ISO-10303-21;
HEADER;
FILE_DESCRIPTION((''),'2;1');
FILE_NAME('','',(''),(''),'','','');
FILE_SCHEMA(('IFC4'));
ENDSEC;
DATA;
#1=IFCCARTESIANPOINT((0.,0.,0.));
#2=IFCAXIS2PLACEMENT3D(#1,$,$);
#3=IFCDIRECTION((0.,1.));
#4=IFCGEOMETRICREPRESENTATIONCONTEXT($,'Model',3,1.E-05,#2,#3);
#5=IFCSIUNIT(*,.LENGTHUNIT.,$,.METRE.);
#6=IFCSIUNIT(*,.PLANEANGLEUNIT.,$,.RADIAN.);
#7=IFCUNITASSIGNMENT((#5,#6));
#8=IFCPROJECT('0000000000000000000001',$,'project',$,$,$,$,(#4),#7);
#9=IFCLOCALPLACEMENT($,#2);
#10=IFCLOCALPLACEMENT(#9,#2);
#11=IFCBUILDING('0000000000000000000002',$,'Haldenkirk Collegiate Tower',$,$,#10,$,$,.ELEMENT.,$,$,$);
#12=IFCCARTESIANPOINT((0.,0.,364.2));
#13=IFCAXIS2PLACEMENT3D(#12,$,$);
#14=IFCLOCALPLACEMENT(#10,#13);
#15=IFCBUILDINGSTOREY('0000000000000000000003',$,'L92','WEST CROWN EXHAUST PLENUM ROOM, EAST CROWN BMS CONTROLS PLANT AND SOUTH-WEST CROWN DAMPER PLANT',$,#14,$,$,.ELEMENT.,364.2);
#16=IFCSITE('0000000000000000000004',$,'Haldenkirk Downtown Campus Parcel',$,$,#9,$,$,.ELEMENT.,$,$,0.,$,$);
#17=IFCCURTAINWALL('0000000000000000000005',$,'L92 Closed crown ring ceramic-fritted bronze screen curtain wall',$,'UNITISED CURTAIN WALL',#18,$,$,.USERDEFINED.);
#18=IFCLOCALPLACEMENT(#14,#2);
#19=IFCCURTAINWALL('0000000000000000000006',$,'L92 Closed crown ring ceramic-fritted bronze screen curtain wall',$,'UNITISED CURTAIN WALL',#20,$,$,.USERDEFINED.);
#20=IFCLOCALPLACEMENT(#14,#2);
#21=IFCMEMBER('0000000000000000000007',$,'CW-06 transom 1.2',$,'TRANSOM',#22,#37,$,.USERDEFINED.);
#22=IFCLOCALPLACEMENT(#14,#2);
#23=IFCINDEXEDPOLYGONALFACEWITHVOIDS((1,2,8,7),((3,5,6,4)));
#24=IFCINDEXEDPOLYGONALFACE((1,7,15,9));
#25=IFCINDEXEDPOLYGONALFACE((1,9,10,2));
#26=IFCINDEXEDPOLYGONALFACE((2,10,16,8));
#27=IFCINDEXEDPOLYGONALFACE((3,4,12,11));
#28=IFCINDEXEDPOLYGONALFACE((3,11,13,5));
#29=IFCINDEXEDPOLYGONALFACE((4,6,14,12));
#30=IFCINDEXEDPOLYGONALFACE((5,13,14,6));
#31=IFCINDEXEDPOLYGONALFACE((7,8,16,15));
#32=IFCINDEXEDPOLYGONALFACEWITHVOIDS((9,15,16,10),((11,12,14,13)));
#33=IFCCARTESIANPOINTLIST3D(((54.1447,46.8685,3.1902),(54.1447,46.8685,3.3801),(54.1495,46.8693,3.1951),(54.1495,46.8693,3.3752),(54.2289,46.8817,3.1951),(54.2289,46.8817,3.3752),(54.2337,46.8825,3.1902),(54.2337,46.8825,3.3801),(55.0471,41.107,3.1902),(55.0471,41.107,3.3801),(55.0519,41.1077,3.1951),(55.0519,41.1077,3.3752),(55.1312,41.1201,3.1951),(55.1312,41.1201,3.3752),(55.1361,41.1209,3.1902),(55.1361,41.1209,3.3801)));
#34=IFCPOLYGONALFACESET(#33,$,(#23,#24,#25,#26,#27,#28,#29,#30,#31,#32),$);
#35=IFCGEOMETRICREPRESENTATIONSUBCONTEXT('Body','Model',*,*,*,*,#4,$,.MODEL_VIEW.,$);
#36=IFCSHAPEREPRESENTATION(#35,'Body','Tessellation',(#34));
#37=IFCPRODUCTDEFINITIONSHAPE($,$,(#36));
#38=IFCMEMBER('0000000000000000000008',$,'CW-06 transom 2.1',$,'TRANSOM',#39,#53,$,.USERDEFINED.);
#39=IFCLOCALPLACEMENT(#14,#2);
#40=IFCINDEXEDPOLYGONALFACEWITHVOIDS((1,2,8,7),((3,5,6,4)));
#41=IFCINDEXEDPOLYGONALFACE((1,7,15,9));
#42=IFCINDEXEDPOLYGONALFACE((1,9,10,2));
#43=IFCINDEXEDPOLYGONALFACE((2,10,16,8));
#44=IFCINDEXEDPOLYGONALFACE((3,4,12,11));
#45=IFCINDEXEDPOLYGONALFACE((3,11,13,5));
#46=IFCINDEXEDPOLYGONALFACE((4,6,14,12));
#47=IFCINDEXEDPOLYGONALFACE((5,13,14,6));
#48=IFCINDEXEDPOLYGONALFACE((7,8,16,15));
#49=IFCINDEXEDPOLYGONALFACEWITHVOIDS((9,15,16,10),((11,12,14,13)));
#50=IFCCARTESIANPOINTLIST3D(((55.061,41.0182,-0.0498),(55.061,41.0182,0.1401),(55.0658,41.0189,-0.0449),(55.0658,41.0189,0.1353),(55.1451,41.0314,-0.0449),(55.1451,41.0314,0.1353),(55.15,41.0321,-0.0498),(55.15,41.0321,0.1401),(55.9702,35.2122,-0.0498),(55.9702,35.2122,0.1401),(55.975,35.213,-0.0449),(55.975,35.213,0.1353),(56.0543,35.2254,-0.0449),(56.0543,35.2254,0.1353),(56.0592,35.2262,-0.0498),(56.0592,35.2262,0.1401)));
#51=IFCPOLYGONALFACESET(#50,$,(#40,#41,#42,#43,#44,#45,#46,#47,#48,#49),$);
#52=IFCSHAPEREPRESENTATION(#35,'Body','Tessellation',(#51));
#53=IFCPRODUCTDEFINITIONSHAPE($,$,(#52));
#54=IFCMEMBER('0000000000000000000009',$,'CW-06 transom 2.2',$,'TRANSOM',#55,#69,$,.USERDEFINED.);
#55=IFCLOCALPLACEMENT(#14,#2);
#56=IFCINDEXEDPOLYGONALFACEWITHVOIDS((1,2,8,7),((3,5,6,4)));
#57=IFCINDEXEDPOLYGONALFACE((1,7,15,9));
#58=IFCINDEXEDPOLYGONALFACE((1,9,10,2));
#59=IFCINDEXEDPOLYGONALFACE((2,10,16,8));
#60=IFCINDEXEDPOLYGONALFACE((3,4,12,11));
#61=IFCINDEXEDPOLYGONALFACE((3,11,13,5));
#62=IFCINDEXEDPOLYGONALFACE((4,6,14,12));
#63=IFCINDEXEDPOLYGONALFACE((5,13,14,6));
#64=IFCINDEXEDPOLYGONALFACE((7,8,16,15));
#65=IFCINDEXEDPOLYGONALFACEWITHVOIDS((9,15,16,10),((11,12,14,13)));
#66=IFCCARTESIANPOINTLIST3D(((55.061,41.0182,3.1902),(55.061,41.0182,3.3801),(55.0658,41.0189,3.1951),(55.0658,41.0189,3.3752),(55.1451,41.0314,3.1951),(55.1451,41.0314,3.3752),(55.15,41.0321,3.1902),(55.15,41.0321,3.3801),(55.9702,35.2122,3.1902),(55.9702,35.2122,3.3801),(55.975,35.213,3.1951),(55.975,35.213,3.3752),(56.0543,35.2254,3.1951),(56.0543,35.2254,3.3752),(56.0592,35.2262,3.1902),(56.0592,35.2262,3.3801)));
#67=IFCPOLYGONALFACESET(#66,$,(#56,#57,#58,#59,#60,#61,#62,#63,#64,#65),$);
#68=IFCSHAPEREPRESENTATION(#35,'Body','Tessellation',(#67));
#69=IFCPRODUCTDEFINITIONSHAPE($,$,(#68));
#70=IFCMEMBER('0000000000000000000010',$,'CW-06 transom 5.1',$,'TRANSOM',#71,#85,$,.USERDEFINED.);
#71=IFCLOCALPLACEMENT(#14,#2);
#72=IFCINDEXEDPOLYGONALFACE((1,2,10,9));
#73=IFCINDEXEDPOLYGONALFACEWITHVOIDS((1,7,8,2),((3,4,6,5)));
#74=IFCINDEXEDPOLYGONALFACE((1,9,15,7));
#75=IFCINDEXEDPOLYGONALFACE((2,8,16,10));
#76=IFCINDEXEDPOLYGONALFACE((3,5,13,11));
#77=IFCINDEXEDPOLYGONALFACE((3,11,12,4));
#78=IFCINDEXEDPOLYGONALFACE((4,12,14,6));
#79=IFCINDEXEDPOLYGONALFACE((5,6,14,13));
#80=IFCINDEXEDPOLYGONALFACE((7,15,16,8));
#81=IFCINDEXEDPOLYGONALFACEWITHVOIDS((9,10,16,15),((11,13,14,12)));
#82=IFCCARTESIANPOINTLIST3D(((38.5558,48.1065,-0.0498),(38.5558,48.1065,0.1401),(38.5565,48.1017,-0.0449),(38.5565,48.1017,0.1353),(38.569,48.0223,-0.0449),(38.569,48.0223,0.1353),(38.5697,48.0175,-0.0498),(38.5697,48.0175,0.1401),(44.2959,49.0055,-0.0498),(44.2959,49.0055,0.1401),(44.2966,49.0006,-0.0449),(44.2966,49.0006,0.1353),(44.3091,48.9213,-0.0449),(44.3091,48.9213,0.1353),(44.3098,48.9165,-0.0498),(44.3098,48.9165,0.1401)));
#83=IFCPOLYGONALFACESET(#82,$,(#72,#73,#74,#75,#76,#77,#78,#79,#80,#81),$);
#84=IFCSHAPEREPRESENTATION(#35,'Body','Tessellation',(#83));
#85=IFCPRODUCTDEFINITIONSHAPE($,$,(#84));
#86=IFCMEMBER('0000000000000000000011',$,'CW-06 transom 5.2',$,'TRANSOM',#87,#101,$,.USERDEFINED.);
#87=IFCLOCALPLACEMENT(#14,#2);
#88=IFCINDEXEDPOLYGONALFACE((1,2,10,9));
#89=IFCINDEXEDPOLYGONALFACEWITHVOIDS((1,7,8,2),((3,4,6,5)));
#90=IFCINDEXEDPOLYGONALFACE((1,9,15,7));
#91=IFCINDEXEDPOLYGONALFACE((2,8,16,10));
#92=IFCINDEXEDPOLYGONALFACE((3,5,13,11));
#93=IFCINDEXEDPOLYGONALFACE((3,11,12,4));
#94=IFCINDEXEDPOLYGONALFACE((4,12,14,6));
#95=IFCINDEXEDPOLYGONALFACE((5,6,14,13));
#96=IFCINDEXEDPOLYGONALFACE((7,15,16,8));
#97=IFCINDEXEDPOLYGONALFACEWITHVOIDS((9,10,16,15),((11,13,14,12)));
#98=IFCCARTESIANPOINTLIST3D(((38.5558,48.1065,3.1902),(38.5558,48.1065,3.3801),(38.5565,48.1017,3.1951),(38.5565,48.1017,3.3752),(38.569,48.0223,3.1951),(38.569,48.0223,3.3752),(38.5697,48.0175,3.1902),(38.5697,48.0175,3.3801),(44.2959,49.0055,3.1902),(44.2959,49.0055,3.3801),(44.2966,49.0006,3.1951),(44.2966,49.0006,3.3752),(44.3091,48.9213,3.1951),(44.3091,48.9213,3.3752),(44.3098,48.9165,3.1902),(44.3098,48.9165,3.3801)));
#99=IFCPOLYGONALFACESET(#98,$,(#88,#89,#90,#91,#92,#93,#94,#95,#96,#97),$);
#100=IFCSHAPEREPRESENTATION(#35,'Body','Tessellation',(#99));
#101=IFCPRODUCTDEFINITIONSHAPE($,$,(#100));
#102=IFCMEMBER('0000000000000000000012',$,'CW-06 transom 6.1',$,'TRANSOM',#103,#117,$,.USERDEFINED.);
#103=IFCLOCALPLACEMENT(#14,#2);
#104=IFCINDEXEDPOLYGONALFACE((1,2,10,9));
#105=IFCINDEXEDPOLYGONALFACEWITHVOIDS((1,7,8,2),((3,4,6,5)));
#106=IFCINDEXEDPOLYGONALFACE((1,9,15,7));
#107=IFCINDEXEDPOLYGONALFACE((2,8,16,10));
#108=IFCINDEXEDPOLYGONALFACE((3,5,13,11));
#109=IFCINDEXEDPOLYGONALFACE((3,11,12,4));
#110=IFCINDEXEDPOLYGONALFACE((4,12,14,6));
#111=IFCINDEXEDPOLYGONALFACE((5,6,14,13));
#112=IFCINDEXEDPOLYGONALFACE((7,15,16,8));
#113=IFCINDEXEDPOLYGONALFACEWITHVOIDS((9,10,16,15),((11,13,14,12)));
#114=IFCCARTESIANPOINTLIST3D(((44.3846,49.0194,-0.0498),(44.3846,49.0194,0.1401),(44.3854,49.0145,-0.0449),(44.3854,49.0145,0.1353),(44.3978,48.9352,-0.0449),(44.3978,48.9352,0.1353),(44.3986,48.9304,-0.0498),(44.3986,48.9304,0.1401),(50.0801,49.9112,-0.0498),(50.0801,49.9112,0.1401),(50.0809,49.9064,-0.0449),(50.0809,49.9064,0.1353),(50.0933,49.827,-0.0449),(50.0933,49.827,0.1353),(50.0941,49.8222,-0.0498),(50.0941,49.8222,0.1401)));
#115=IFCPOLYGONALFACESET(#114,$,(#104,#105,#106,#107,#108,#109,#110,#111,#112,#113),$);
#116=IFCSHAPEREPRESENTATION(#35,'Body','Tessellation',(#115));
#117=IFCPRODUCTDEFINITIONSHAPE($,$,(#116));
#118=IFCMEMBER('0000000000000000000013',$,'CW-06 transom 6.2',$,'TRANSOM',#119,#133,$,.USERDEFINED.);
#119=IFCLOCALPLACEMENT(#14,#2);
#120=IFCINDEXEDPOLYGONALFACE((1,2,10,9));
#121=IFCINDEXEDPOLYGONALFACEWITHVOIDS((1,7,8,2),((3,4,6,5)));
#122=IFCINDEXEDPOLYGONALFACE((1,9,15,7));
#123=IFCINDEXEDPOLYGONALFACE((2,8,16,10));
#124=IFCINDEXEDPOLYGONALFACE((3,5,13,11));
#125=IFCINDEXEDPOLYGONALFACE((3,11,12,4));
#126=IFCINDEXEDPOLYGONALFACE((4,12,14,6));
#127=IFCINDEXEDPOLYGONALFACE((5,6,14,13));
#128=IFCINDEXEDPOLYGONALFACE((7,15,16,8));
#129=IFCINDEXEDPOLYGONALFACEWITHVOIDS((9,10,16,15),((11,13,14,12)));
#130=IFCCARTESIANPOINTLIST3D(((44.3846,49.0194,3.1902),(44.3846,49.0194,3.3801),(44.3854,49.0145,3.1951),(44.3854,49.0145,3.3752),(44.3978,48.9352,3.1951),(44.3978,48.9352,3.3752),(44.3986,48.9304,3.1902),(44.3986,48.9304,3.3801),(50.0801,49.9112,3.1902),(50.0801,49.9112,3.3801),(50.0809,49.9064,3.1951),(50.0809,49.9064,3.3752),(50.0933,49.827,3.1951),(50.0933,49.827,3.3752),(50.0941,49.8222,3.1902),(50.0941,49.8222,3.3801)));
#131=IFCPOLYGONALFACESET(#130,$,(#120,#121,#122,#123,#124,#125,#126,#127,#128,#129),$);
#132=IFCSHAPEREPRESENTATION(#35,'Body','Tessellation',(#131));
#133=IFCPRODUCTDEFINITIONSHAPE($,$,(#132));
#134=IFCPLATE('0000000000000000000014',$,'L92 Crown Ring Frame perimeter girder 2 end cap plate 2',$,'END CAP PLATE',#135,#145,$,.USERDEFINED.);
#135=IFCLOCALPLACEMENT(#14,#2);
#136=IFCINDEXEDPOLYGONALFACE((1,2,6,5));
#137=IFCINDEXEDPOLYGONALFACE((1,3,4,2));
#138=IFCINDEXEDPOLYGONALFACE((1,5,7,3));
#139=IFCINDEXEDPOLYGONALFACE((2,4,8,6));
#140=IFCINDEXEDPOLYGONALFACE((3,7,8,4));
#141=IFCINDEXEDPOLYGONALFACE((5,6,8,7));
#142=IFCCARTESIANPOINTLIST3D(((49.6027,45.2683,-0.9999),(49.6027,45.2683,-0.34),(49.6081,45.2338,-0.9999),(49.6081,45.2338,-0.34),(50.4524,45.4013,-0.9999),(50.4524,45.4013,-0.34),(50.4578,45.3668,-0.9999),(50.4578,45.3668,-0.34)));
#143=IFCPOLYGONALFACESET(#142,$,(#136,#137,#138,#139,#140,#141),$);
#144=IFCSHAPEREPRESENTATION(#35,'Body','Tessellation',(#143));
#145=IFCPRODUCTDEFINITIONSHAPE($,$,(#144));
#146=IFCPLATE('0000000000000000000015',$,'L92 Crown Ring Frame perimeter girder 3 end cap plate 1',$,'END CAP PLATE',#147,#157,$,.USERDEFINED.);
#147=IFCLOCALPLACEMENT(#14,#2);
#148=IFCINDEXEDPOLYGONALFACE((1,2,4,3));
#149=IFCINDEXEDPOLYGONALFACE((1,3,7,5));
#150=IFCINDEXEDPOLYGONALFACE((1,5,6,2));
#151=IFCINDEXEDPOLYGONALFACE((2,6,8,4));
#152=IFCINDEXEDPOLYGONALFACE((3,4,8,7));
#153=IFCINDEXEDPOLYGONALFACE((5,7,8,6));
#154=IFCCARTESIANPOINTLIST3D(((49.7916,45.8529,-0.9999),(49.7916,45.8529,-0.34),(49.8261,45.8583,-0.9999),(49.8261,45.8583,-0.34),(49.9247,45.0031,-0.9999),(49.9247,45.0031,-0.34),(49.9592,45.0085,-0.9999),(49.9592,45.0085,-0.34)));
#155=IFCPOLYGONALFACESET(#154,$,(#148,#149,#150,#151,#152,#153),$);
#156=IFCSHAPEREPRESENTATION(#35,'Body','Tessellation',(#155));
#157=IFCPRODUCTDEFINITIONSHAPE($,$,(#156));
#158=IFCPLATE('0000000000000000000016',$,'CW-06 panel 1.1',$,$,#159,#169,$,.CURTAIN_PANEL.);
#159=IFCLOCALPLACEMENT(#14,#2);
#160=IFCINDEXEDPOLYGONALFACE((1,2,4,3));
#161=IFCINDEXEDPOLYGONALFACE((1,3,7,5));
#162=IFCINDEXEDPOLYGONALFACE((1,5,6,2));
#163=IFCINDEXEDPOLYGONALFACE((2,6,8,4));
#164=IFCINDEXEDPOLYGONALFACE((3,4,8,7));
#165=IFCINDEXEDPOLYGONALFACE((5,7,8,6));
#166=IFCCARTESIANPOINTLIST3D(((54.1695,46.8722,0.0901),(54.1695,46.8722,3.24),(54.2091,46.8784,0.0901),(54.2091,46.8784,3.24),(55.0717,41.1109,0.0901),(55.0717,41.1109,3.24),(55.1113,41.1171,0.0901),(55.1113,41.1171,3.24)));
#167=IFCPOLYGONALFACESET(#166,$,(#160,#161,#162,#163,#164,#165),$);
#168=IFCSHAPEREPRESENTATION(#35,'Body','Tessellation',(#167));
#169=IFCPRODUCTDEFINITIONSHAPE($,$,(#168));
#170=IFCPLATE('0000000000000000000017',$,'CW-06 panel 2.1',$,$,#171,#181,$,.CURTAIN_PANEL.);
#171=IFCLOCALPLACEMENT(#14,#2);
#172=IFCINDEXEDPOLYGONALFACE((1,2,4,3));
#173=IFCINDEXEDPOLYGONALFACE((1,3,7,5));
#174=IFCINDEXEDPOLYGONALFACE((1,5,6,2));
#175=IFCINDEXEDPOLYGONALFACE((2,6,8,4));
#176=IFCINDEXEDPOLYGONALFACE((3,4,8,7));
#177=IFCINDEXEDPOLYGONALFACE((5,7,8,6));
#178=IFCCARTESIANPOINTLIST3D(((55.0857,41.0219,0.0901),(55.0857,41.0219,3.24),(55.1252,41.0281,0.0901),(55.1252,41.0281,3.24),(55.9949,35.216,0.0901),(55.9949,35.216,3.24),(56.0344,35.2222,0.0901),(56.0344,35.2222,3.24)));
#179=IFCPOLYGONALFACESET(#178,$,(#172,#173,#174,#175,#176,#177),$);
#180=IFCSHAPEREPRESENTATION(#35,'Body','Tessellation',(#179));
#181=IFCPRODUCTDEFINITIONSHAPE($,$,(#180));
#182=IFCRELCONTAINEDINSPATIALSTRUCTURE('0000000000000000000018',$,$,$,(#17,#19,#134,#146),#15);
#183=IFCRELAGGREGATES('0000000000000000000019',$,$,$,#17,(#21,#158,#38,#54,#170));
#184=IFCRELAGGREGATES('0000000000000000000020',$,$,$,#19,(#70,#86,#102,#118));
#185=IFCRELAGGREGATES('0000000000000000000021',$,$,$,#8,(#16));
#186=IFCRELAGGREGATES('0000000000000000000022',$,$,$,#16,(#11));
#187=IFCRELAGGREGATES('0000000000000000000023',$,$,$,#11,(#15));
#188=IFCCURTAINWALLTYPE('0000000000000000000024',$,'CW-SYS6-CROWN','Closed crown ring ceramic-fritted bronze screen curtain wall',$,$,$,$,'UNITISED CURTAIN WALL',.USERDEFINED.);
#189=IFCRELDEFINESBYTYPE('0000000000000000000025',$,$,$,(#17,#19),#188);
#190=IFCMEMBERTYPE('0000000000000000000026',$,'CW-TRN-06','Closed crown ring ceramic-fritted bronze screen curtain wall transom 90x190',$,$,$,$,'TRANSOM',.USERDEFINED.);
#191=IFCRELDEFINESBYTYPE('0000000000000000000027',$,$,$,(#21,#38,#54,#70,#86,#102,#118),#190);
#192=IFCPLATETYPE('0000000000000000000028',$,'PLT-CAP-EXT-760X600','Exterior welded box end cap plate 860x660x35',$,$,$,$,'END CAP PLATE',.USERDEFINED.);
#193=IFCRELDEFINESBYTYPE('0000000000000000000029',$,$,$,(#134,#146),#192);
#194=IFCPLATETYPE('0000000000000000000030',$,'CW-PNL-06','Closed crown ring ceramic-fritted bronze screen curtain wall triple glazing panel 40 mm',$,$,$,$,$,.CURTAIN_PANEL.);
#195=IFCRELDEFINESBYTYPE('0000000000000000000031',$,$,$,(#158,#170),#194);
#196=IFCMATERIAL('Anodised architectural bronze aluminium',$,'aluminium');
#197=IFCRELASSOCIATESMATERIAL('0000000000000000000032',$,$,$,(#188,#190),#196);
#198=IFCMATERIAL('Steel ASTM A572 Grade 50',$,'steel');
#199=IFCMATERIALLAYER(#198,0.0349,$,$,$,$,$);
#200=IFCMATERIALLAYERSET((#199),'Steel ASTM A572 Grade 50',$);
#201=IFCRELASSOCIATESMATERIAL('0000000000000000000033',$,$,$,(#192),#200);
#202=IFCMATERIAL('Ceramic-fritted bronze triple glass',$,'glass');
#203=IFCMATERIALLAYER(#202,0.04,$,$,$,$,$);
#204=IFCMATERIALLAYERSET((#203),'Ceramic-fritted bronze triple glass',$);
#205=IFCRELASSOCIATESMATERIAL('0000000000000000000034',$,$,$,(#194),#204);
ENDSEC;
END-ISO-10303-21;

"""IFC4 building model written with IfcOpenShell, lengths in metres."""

from ifc_helpers import new_model, si_unit, direction, frame, origin, origin_2d, place, context, subcontext, project, spatial, rectangle, hollow_rectangle, extrude, source, transform, mapped, material, layer, layer_set, material_profile, profile_set, type_object, element, aggregate, save


model = new_model("IFC4")

# Units and contexts
model_context = context("Model", 3, precision=1e-05, world=origin(), true_north=direction((0.0, 1.0)))
body_context = subcontext(model_context, "Body", "Model", "MODEL_VIEW")
ifc_project = project(units=[si_unit("LENGTHUNIT", "METRE"), si_unit("PLANEANGLEUNIT", "RADIAN")], contexts=[model_context])

# Site, building, storey
site_placement = place(None, origin())
site = spatial("IfcSite", under=ifc_project, at=site_placement, Name="Haldenkirk Downtown Campus Parcel", CompositionType="ELEMENT", RefElevation=0.0)
building_placement = place(site_placement, origin())
building = spatial("IfcBuilding", under=site, at=building_placement, Name="Haldenkirk Collegiate Tower", CompositionType="ELEMENT")
storey_placement = place(building_placement, frame((0.0, 0.0, 364.2)))
storey = spatial("IfcBuildingStorey", under=building, at=storey_placement, Name="L92", Description="WEST CROWN EXHAUST PLENUM ROOM, EAST CROWN BMS CONTROLS PLANT AND SOUTH-WEST CROWN DAMPER PLANT", CompositionType="ELEMENT", Elevation=364.2)

# Shared definitions
ifc_material_1 = material(Name="Steel ASTM A572 Grade 50", Category="steel")

# Curtain walls
ifc_material_2 = material(Name="Anodised architectural bronze aluminium", Category="aluminium")
curtain_wall_type = type_object("IfcCurtainWallType", Name="CW-SYS6-CROWN", Description="Closed crown ring ceramic-fritted bronze screen curtain wall", ElementType="UNITISED CURTAIN WALL", PredefinedType="USERDEFINED", material=ifc_material_2)
curtain_wall_1_placement = place(storey_placement, origin())
curtain_wall_1 = element("IfcCurtainWall", 1, at=curtain_wall_1_placement, inside=storey, type_object=curtain_wall_type, Name="L92 Closed crown ring ceramic-fritted bronze screen curtain wall", ObjectType="UNITISED CURTAIN WALL", PredefinedType="USERDEFINED")
curtain_wall_2_placement = place(storey_placement, origin())
curtain_wall_2 = element("IfcCurtainWall", 2, at=curtain_wall_2_placement, inside=storey, type_object=curtain_wall_type, Name="L92 Closed crown ring ceramic-fritted bronze screen curtain wall", ObjectType="UNITISED CURTAIN WALL", PredefinedType="USERDEFINED")

# Members
ifc_material_profile_1 = material_profile(ifc_material_2, hollow_rectangle(XDim=0.0901, YDim=0.1899, WallThickness=0.0049, at=origin_2d()), Name="CW-TRN-06")
ifc_profile_set_1 = profile_set([ifc_material_profile_1], Name="Anodised architectural bronze aluminium")
member_type_1 = type_object("IfcMemberType", Name="CW-TRN-06", Description="Closed crown ring ceramic-fritted bronze screen curtain wall transom 90x190", ElementType="TRANSOM", PredefinedType="USERDEFINED", material=ifc_profile_set_1)
member_1_placement = place(storey_placement, frame((54.1892, 46.8755, 3.2852), z_axis=(0.154731, -0.987957, 0.0), x_axis=(0.987957, 0.154731, 0.0)))
member_1 = element("IfcMember", 3, at=member_1_placement, type_object=member_type_1, Name="CW-06 transom 1.2", ObjectType="TRANSOM", PredefinedType="USERDEFINED", context=body_context, shape_type="SweptSolid", body=[
    extrude(hollow_rectangle(XDim=0.0901, YDim=0.1899, WallThickness=0.0049, at=origin_2d()), origin(), (0.0, 0.0, 1.0), 5.8318),
])
member_2_placement = place(storey_placement, frame((55.1055, 41.0251, 0.0452), z_axis=(0.15471, -0.98796, 0.0), x_axis=(0.98796, 0.15471, 0.0)))
member_2 = element("IfcMember", 4, at=member_2_placement, type_object=member_type_1, Name="CW-06 transom 2.1", ObjectType="TRANSOM", PredefinedType="USERDEFINED", context=body_context, shape_type="SweptSolid", body=[
    extrude(hollow_rectangle(XDim=0.0901, YDim=0.1899, WallThickness=0.0049, at=origin_2d()), origin(), (0.0, 0.0, 1.0), 5.8767),
])
member_3_placement = place(storey_placement, frame((55.1055, 41.0251, 3.2852), z_axis=(0.15471, -0.98796, 0.0), x_axis=(0.98796, 0.15471, 0.0)))
member_3 = element("IfcMember", 5, at=member_3_placement, type_object=member_type_1, Name="CW-06 transom 2.2", ObjectType="TRANSOM", PredefinedType="USERDEFINED", context=body_context, shape_type="SweptSolid", body=[
    extrude(hollow_rectangle(XDim=0.0901, YDim=0.1899, WallThickness=0.0049, at=origin_2d()), origin(), (0.0, 0.0, 1.0), 5.8767),
])
member_4_placement = place(storey_placement, frame((38.5627, 48.062, 0.0452), z_axis=(0.987958, 0.154722, 0.0), x_axis=(-0.154722, 0.987958, 0.0)))
member_4 = element("IfcMember", 6, at=member_4_placement, type_object=member_type_1, Name="CW-06 transom 5.1", ObjectType="TRANSOM", PredefinedType="USERDEFINED", context=body_context, shape_type="SweptSolid", body=[
    extrude(hollow_rectangle(XDim=0.0901, YDim=0.1899, WallThickness=0.0049, at=origin_2d()), origin(), (0.0, 0.0, 1.0), 5.8101),
])
member_5_placement = place(storey_placement, frame((38.5627, 48.062, 3.2852), z_axis=(0.987958, 0.154722, 0.0), x_axis=(-0.154722, 0.987958, 0.0)))
member_5 = element("IfcMember", 7, at=member_5_placement, type_object=member_type_1, Name="CW-06 transom 5.2", ObjectType="TRANSOM", PredefinedType="USERDEFINED", context=body_context, shape_type="SweptSolid", body=[
    extrude(hollow_rectangle(XDim=0.0901, YDim=0.1899, WallThickness=0.0049, at=origin_2d()), origin(), (0.0, 0.0, 1.0), 5.8101),
])
member_6_placement = place(storey_placement, frame((44.3916, 48.9749, 0.0452), z_axis=(0.987961, 0.154701, 0.0), x_axis=(-0.154701, 0.987961, 0.0)))
member_6 = element("IfcMember", 8, at=member_6_placement, type_object=member_type_1, Name="CW-06 transom 6.1", ObjectType="TRANSOM", PredefinedType="USERDEFINED", context=body_context, shape_type="SweptSolid", body=[
    extrude(hollow_rectangle(XDim=0.0901, YDim=0.1899, WallThickness=0.0049, at=origin_2d()), origin(), (0.0, 0.0, 1.0), 5.7649),
])
member_7_placement = place(storey_placement, frame((44.3916, 48.9749, 3.2852), z_axis=(0.987961, 0.154701, 0.0), x_axis=(-0.154701, 0.987961, 0.0)))
member_7 = element("IfcMember", 9, at=member_7_placement, type_object=member_type_1, Name="CW-06 transom 6.2", ObjectType="TRANSOM", PredefinedType="USERDEFINED", context=body_context, shape_type="SweptSolid", body=[
    extrude(hollow_rectangle(XDim=0.0901, YDim=0.1899, WallThickness=0.0049, at=origin_2d()), origin(), (0.0, 0.0, 1.0), 5.7649),
])

# Plates
ifc_layer_1 = layer(ifc_material_1, 0.0349)
ifc_layer_set_1 = layer_set([ifc_layer_1], Name="Steel ASTM A572 Grade 50")
plate_type_1 = type_object("IfcPlateType", Name="PLT-CAP-EXT-760X600", Description="Exterior welded box end cap plate 860x660x35", ElementType="END CAP PLATE", PredefinedType="USERDEFINED", material=ifc_layer_set_1)
shared_shape_1 = source(origin(), body_context, "Body", "SweptSolid", [
    extrude(rectangle(XDim=0.8601, YDim=0.6599, at=origin_2d()), origin(), (0.0, 0.0, 1.0), 0.0349),
])
for number, where, z_axis, x_axis, name in (
    (10, (50.033, 45.3003, -0.6699), (-0.154711, 0.98796, 0.0), (-0.98796, -0.154711, 0.0), "L92 Crown Ring Frame perimeter girder 2 end cap plate 2"),
    (11, (49.8582, 45.428, -0.6699), (0.987959, 0.154713, 0.0), (-0.154713, 0.987959, 0.0), "L92 Crown Ring Frame perimeter girder 3 end cap plate 1"),
):
    element("IfcPlate", number, at=place(storey_placement, frame(where, z_axis=z_axis, x_axis=x_axis)), inside=storey, type_object=plate_type_1, Name=name, ObjectType="END CAP PLATE", PredefinedType="USERDEFINED", context=body_context, shape_type="MappedRepresentation", body=[
        mapped(shared_shape_1, transform((0.0, 0.0, 0.0), x_axis=(1.0, 0.0, 0.0), y_axis=(0.0, 1.0, 0.0), z_axis=(0.0, 0.0, 1.0), scale=1.0)),
    ])

# Plates
ifc_material_3 = material(Name="Ceramic-fritted bronze triple glass", Category="glass")
ifc_layer_2 = layer(ifc_material_3, 0.04)
ifc_layer_set_2 = layer_set([ifc_layer_2], Name="Ceramic-fritted bronze triple glass")
plate_type_2 = type_object("IfcPlateType", Name="CW-PNL-06", Description="Closed crown ring ceramic-fritted bronze screen curtain wall triple glazing panel 40 mm", PredefinedType="CURTAIN_PANEL", material=ifc_layer_set_2)
shared_shape_2 = source(origin(), body_context, "Body", "SweptSolid", [
    extrude(rectangle(XDim=5.8315, YDim=0.04, at=origin_2d()), origin(), (0.0, 0.0, 1.0), 3.1499),
])
plate_1_placement = place(storey_placement, frame((54.6404, 43.9946, 0.0901), z_axis=(0.0, 0.0, 1.0), x_axis=(0.154713, -0.98796, 0.0)))
plate_1 = element("IfcPlate", 12, at=plate_1_placement, type_object=plate_type_2, Name="CW-06 panel 1.1", PredefinedType="CURTAIN_PANEL", context=body_context, shape_type="MappedRepresentation", body=[
    mapped(shared_shape_2, transform((0.0, 0.0, 0.0), x_axis=(1.0, 0.0, 0.0), y_axis=(0.0, 1.0, 0.0), z_axis=(0.0, 0.0, 1.0), scale=1.0)),
])
shared_shape_3 = source(origin(), body_context, "Body", "SweptSolid", [
    extrude(rectangle(XDim=5.8767, YDim=0.04, at=origin_2d()), origin(), (0.0, 0.0, 1.0), 3.1499),
])
plate_2_placement = place(storey_placement, frame((55.5601, 38.1221, 0.0901), z_axis=(0.0, 0.0, 1.0), x_axis=(0.154713, -0.98796, 0.0)))
plate_2 = element("IfcPlate", 13, at=plate_2_placement, type_object=plate_type_2, Name="CW-06 panel 2.1", PredefinedType="CURTAIN_PANEL", context=body_context, shape_type="MappedRepresentation", body=[
    mapped(shared_shape_3, transform((0.0, 0.0, 0.0), x_axis=(1.0, 0.0, 0.0), y_axis=(0.0, 1.0, 0.0), z_axis=(0.0, 0.0, 1.0), scale=1.0)),
])
aggregate(curtain_wall_1, [member_1, plate_1, member_2, member_3, plate_2])
aggregate(curtain_wall_2, [member_4, member_5, member_6, member_7])

save(model, "model.ifc")
